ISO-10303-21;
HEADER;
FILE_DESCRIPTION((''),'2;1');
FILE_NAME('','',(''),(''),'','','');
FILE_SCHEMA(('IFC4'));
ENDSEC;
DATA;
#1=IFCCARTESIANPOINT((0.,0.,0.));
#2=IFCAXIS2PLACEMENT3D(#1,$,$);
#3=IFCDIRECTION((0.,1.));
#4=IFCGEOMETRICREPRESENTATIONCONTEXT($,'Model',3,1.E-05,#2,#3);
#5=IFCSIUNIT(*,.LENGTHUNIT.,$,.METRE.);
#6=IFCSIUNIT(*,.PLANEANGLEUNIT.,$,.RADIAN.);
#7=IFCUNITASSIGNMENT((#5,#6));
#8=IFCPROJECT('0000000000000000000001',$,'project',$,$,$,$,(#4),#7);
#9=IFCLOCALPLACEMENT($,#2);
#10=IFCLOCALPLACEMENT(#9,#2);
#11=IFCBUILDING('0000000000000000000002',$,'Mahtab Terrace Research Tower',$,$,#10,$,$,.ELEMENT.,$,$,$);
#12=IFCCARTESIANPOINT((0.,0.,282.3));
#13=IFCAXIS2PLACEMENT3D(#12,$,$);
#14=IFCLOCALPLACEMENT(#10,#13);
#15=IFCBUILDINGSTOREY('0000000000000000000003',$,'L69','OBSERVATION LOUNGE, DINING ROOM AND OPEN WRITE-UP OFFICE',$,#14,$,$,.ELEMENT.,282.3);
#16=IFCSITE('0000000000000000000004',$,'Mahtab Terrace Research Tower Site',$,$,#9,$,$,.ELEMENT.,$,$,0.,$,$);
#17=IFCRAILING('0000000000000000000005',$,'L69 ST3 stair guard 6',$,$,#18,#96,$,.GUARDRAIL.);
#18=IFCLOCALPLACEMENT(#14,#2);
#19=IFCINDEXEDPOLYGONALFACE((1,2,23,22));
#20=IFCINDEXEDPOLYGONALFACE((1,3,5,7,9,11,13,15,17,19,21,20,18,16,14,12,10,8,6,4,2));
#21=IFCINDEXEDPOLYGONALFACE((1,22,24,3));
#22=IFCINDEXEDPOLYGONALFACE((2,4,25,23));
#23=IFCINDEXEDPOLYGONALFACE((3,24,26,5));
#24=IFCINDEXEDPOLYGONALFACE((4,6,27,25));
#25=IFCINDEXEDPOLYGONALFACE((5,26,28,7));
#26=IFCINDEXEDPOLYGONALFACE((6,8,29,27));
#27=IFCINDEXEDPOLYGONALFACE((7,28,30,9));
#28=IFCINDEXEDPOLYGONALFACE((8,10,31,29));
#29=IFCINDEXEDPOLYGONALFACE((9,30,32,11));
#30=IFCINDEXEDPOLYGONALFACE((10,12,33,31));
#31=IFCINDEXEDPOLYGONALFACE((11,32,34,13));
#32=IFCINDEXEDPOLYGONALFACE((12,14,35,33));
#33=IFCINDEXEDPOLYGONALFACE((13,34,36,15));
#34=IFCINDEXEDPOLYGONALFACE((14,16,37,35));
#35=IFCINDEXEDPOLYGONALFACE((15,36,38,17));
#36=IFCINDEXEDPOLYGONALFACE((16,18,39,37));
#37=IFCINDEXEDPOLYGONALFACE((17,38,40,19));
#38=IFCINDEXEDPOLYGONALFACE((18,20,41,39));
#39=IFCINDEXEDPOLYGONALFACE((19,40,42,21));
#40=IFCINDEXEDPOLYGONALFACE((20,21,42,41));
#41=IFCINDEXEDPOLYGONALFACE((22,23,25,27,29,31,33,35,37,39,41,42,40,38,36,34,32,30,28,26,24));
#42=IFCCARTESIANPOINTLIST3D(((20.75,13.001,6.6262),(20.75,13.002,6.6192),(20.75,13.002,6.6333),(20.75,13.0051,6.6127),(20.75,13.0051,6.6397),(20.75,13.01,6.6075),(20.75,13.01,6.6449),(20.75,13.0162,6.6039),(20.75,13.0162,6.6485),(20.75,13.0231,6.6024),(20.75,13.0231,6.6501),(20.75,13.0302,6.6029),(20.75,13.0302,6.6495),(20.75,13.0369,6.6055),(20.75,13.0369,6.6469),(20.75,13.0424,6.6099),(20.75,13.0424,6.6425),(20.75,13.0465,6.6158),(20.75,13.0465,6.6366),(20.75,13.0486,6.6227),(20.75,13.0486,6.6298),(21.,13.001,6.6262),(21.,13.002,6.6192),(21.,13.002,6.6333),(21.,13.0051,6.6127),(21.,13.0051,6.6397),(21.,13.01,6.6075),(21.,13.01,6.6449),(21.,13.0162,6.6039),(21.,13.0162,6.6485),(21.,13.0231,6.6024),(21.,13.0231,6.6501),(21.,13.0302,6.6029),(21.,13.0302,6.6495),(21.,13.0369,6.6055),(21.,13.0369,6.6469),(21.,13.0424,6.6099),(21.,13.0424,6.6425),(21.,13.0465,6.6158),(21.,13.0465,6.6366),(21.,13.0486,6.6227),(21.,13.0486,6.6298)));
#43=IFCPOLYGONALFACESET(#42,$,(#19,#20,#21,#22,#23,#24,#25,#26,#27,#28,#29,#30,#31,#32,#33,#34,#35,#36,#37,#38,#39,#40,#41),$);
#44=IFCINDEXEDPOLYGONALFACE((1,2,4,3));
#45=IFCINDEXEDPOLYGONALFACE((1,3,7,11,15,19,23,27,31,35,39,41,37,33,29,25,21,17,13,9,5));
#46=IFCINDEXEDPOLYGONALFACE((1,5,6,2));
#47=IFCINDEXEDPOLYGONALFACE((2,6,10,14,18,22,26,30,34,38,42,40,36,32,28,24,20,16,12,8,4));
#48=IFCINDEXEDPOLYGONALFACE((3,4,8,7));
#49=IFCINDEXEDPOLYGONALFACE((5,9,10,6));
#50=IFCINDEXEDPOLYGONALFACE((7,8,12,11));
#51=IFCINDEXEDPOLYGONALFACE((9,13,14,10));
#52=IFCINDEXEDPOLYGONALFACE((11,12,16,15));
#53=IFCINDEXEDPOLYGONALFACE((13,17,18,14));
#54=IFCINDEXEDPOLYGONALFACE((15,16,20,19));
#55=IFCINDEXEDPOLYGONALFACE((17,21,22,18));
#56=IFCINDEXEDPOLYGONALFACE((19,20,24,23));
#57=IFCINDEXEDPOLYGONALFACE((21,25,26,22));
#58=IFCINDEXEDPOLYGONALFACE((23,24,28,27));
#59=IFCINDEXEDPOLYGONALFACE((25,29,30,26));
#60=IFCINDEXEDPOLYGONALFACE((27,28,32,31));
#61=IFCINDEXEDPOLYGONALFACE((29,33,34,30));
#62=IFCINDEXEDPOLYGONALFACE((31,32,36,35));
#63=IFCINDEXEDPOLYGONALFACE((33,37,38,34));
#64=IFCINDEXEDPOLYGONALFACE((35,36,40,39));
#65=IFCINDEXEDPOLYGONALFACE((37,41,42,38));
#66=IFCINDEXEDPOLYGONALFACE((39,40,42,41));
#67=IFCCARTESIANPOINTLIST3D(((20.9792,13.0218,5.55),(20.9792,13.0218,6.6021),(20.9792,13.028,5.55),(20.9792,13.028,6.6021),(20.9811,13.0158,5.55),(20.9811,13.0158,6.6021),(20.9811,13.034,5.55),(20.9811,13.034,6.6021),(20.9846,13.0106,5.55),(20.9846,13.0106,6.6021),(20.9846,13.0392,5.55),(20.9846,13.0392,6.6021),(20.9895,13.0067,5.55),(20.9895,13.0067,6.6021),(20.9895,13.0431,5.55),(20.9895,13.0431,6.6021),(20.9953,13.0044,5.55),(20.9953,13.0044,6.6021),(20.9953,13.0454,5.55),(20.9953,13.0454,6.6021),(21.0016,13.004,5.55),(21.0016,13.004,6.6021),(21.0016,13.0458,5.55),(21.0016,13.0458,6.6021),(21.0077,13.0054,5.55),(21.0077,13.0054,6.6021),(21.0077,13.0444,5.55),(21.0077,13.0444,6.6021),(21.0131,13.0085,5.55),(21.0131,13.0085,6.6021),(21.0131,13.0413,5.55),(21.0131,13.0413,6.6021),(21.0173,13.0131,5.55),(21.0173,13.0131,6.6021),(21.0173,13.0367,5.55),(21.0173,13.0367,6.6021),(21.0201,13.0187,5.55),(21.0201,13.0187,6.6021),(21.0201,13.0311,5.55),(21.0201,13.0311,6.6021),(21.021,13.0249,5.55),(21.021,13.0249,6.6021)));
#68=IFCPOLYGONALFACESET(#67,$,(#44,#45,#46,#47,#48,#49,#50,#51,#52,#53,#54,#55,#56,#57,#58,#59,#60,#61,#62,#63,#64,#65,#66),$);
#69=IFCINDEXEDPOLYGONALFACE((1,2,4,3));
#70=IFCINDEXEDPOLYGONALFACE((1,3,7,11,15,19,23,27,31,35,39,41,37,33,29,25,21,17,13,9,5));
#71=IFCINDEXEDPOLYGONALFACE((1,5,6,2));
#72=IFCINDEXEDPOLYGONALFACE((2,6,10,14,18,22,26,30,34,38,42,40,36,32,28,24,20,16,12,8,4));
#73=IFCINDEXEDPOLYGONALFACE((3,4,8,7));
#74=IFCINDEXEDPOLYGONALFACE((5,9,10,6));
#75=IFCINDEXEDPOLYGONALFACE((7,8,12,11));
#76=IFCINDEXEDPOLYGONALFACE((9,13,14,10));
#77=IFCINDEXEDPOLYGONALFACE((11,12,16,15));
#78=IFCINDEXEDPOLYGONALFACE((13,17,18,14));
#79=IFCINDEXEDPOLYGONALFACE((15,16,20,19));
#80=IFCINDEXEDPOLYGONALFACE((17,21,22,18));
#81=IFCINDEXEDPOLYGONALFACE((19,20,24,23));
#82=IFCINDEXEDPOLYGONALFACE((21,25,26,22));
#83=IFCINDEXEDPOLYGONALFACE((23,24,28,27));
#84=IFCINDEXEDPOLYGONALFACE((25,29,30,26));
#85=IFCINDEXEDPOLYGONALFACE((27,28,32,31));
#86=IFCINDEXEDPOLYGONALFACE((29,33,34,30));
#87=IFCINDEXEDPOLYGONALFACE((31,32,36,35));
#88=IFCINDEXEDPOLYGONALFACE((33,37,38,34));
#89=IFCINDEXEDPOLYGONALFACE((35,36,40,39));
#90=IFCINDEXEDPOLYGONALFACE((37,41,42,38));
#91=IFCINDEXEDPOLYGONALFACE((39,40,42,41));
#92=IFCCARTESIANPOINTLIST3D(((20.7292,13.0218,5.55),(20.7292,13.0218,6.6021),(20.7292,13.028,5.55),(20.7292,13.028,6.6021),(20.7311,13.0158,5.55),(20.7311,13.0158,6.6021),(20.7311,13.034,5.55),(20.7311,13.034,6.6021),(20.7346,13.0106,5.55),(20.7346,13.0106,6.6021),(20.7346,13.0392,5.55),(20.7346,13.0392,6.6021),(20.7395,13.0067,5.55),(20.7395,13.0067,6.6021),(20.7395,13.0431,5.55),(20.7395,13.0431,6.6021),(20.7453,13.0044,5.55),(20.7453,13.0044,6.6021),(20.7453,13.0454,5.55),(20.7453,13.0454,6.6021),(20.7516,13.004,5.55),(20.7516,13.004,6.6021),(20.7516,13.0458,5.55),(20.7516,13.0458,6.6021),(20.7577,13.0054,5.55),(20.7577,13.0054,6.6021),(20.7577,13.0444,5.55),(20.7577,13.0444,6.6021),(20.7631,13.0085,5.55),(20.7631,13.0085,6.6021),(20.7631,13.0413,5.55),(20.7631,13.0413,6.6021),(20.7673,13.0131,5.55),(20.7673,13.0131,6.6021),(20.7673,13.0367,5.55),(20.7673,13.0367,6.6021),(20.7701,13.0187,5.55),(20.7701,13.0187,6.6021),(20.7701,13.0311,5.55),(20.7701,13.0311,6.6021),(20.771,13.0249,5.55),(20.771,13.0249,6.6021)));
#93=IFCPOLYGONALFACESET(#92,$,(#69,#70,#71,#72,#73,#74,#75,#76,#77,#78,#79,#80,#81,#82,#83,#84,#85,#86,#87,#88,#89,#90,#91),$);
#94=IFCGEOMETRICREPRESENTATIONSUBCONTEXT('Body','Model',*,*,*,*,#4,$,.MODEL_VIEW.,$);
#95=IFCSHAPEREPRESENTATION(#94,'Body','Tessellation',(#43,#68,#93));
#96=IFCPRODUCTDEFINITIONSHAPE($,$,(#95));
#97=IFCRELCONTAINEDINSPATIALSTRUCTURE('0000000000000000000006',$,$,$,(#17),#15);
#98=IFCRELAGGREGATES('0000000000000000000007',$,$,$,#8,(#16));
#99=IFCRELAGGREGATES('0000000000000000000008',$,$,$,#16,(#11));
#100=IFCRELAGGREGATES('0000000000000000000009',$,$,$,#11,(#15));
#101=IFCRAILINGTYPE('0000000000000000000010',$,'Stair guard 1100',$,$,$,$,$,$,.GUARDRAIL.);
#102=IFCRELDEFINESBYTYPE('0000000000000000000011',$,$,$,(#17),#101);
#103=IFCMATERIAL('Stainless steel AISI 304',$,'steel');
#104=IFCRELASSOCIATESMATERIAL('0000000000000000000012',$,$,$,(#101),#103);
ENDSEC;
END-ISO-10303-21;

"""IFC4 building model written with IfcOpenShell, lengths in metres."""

from ifc_helpers import new_model, si_unit, direction, frame, origin, origin_2d, place, context, subcontext, project, spatial, circle, extrude, material, type_object, element, save


model = new_model("IFC4")

# Units and contexts
model_context = context("Model", 3, precision=1e-05, world=origin(), true_north=direction((0.0, 1.0)))
body_context = subcontext(model_context, "Body", "Model", "MODEL_VIEW")
ifc_project = project(units=[si_unit("LENGTHUNIT", "METRE"), si_unit("PLANEANGLEUNIT", "RADIAN")], contexts=[model_context])

# Site, building, storey
site_placement = place(None, origin())
site = spatial("IfcSite", under=ifc_project, at=site_placement, Name="Mahtab Terrace Research Tower Site", CompositionType="ELEMENT", RefElevation=0.0)
building_placement = place(site_placement, origin())
building = spatial("IfcBuilding", under=site, at=building_placement, Name="Mahtab Terrace Research Tower", CompositionType="ELEMENT")
storey_placement = place(building_placement, frame((0.0, 0.0, 282.3)))
storey = spatial("IfcBuildingStorey", under=building, at=storey_placement, Name="L69", Description="OBSERVATION LOUNGE, DINING ROOM AND OPEN WRITE-UP OFFICE", CompositionType="ELEMENT", Elevation=282.3)

# Railing
ifc_material_1 = material(Name="Stainless steel AISI 304", Category="steel")
railing_type_1 = type_object("IfcRailingType", Name="Stair guard 1100", PredefinedType="GUARDRAIL", material=ifc_material_1)
railing_1_placement = place(storey_placement, frame((21.0, 13.0249, 5.55)))
element("IfcRailing", 1, at=railing_1_placement, inside=storey, type_object=railing_type_1, Name="L69 ST3 stair guard 6", PredefinedType="GUARDRAIL", context=body_context, shape_type="SweptSolid", body=[
    extrude(circle(Radius=0.0239, at=origin_2d()), frame((0.0, 0.0, 1.0762), z_axis=(-1.0, 0.0, 0.0), x_axis=(0.0, -1.0, 0.0)), (0.0, 0.0, 1.0), 0.25),
    extrude(circle(Radius=0.021, at=origin_2d()), origin(), (0.0, 0.0, 1.0), 1.052),
    extrude(circle(Radius=0.021, at=origin_2d()), frame((-0.25, 0.0, 0.0)), (0.0, 0.0, 1.0), 1.052),
])

save(model, "model.ifc")
